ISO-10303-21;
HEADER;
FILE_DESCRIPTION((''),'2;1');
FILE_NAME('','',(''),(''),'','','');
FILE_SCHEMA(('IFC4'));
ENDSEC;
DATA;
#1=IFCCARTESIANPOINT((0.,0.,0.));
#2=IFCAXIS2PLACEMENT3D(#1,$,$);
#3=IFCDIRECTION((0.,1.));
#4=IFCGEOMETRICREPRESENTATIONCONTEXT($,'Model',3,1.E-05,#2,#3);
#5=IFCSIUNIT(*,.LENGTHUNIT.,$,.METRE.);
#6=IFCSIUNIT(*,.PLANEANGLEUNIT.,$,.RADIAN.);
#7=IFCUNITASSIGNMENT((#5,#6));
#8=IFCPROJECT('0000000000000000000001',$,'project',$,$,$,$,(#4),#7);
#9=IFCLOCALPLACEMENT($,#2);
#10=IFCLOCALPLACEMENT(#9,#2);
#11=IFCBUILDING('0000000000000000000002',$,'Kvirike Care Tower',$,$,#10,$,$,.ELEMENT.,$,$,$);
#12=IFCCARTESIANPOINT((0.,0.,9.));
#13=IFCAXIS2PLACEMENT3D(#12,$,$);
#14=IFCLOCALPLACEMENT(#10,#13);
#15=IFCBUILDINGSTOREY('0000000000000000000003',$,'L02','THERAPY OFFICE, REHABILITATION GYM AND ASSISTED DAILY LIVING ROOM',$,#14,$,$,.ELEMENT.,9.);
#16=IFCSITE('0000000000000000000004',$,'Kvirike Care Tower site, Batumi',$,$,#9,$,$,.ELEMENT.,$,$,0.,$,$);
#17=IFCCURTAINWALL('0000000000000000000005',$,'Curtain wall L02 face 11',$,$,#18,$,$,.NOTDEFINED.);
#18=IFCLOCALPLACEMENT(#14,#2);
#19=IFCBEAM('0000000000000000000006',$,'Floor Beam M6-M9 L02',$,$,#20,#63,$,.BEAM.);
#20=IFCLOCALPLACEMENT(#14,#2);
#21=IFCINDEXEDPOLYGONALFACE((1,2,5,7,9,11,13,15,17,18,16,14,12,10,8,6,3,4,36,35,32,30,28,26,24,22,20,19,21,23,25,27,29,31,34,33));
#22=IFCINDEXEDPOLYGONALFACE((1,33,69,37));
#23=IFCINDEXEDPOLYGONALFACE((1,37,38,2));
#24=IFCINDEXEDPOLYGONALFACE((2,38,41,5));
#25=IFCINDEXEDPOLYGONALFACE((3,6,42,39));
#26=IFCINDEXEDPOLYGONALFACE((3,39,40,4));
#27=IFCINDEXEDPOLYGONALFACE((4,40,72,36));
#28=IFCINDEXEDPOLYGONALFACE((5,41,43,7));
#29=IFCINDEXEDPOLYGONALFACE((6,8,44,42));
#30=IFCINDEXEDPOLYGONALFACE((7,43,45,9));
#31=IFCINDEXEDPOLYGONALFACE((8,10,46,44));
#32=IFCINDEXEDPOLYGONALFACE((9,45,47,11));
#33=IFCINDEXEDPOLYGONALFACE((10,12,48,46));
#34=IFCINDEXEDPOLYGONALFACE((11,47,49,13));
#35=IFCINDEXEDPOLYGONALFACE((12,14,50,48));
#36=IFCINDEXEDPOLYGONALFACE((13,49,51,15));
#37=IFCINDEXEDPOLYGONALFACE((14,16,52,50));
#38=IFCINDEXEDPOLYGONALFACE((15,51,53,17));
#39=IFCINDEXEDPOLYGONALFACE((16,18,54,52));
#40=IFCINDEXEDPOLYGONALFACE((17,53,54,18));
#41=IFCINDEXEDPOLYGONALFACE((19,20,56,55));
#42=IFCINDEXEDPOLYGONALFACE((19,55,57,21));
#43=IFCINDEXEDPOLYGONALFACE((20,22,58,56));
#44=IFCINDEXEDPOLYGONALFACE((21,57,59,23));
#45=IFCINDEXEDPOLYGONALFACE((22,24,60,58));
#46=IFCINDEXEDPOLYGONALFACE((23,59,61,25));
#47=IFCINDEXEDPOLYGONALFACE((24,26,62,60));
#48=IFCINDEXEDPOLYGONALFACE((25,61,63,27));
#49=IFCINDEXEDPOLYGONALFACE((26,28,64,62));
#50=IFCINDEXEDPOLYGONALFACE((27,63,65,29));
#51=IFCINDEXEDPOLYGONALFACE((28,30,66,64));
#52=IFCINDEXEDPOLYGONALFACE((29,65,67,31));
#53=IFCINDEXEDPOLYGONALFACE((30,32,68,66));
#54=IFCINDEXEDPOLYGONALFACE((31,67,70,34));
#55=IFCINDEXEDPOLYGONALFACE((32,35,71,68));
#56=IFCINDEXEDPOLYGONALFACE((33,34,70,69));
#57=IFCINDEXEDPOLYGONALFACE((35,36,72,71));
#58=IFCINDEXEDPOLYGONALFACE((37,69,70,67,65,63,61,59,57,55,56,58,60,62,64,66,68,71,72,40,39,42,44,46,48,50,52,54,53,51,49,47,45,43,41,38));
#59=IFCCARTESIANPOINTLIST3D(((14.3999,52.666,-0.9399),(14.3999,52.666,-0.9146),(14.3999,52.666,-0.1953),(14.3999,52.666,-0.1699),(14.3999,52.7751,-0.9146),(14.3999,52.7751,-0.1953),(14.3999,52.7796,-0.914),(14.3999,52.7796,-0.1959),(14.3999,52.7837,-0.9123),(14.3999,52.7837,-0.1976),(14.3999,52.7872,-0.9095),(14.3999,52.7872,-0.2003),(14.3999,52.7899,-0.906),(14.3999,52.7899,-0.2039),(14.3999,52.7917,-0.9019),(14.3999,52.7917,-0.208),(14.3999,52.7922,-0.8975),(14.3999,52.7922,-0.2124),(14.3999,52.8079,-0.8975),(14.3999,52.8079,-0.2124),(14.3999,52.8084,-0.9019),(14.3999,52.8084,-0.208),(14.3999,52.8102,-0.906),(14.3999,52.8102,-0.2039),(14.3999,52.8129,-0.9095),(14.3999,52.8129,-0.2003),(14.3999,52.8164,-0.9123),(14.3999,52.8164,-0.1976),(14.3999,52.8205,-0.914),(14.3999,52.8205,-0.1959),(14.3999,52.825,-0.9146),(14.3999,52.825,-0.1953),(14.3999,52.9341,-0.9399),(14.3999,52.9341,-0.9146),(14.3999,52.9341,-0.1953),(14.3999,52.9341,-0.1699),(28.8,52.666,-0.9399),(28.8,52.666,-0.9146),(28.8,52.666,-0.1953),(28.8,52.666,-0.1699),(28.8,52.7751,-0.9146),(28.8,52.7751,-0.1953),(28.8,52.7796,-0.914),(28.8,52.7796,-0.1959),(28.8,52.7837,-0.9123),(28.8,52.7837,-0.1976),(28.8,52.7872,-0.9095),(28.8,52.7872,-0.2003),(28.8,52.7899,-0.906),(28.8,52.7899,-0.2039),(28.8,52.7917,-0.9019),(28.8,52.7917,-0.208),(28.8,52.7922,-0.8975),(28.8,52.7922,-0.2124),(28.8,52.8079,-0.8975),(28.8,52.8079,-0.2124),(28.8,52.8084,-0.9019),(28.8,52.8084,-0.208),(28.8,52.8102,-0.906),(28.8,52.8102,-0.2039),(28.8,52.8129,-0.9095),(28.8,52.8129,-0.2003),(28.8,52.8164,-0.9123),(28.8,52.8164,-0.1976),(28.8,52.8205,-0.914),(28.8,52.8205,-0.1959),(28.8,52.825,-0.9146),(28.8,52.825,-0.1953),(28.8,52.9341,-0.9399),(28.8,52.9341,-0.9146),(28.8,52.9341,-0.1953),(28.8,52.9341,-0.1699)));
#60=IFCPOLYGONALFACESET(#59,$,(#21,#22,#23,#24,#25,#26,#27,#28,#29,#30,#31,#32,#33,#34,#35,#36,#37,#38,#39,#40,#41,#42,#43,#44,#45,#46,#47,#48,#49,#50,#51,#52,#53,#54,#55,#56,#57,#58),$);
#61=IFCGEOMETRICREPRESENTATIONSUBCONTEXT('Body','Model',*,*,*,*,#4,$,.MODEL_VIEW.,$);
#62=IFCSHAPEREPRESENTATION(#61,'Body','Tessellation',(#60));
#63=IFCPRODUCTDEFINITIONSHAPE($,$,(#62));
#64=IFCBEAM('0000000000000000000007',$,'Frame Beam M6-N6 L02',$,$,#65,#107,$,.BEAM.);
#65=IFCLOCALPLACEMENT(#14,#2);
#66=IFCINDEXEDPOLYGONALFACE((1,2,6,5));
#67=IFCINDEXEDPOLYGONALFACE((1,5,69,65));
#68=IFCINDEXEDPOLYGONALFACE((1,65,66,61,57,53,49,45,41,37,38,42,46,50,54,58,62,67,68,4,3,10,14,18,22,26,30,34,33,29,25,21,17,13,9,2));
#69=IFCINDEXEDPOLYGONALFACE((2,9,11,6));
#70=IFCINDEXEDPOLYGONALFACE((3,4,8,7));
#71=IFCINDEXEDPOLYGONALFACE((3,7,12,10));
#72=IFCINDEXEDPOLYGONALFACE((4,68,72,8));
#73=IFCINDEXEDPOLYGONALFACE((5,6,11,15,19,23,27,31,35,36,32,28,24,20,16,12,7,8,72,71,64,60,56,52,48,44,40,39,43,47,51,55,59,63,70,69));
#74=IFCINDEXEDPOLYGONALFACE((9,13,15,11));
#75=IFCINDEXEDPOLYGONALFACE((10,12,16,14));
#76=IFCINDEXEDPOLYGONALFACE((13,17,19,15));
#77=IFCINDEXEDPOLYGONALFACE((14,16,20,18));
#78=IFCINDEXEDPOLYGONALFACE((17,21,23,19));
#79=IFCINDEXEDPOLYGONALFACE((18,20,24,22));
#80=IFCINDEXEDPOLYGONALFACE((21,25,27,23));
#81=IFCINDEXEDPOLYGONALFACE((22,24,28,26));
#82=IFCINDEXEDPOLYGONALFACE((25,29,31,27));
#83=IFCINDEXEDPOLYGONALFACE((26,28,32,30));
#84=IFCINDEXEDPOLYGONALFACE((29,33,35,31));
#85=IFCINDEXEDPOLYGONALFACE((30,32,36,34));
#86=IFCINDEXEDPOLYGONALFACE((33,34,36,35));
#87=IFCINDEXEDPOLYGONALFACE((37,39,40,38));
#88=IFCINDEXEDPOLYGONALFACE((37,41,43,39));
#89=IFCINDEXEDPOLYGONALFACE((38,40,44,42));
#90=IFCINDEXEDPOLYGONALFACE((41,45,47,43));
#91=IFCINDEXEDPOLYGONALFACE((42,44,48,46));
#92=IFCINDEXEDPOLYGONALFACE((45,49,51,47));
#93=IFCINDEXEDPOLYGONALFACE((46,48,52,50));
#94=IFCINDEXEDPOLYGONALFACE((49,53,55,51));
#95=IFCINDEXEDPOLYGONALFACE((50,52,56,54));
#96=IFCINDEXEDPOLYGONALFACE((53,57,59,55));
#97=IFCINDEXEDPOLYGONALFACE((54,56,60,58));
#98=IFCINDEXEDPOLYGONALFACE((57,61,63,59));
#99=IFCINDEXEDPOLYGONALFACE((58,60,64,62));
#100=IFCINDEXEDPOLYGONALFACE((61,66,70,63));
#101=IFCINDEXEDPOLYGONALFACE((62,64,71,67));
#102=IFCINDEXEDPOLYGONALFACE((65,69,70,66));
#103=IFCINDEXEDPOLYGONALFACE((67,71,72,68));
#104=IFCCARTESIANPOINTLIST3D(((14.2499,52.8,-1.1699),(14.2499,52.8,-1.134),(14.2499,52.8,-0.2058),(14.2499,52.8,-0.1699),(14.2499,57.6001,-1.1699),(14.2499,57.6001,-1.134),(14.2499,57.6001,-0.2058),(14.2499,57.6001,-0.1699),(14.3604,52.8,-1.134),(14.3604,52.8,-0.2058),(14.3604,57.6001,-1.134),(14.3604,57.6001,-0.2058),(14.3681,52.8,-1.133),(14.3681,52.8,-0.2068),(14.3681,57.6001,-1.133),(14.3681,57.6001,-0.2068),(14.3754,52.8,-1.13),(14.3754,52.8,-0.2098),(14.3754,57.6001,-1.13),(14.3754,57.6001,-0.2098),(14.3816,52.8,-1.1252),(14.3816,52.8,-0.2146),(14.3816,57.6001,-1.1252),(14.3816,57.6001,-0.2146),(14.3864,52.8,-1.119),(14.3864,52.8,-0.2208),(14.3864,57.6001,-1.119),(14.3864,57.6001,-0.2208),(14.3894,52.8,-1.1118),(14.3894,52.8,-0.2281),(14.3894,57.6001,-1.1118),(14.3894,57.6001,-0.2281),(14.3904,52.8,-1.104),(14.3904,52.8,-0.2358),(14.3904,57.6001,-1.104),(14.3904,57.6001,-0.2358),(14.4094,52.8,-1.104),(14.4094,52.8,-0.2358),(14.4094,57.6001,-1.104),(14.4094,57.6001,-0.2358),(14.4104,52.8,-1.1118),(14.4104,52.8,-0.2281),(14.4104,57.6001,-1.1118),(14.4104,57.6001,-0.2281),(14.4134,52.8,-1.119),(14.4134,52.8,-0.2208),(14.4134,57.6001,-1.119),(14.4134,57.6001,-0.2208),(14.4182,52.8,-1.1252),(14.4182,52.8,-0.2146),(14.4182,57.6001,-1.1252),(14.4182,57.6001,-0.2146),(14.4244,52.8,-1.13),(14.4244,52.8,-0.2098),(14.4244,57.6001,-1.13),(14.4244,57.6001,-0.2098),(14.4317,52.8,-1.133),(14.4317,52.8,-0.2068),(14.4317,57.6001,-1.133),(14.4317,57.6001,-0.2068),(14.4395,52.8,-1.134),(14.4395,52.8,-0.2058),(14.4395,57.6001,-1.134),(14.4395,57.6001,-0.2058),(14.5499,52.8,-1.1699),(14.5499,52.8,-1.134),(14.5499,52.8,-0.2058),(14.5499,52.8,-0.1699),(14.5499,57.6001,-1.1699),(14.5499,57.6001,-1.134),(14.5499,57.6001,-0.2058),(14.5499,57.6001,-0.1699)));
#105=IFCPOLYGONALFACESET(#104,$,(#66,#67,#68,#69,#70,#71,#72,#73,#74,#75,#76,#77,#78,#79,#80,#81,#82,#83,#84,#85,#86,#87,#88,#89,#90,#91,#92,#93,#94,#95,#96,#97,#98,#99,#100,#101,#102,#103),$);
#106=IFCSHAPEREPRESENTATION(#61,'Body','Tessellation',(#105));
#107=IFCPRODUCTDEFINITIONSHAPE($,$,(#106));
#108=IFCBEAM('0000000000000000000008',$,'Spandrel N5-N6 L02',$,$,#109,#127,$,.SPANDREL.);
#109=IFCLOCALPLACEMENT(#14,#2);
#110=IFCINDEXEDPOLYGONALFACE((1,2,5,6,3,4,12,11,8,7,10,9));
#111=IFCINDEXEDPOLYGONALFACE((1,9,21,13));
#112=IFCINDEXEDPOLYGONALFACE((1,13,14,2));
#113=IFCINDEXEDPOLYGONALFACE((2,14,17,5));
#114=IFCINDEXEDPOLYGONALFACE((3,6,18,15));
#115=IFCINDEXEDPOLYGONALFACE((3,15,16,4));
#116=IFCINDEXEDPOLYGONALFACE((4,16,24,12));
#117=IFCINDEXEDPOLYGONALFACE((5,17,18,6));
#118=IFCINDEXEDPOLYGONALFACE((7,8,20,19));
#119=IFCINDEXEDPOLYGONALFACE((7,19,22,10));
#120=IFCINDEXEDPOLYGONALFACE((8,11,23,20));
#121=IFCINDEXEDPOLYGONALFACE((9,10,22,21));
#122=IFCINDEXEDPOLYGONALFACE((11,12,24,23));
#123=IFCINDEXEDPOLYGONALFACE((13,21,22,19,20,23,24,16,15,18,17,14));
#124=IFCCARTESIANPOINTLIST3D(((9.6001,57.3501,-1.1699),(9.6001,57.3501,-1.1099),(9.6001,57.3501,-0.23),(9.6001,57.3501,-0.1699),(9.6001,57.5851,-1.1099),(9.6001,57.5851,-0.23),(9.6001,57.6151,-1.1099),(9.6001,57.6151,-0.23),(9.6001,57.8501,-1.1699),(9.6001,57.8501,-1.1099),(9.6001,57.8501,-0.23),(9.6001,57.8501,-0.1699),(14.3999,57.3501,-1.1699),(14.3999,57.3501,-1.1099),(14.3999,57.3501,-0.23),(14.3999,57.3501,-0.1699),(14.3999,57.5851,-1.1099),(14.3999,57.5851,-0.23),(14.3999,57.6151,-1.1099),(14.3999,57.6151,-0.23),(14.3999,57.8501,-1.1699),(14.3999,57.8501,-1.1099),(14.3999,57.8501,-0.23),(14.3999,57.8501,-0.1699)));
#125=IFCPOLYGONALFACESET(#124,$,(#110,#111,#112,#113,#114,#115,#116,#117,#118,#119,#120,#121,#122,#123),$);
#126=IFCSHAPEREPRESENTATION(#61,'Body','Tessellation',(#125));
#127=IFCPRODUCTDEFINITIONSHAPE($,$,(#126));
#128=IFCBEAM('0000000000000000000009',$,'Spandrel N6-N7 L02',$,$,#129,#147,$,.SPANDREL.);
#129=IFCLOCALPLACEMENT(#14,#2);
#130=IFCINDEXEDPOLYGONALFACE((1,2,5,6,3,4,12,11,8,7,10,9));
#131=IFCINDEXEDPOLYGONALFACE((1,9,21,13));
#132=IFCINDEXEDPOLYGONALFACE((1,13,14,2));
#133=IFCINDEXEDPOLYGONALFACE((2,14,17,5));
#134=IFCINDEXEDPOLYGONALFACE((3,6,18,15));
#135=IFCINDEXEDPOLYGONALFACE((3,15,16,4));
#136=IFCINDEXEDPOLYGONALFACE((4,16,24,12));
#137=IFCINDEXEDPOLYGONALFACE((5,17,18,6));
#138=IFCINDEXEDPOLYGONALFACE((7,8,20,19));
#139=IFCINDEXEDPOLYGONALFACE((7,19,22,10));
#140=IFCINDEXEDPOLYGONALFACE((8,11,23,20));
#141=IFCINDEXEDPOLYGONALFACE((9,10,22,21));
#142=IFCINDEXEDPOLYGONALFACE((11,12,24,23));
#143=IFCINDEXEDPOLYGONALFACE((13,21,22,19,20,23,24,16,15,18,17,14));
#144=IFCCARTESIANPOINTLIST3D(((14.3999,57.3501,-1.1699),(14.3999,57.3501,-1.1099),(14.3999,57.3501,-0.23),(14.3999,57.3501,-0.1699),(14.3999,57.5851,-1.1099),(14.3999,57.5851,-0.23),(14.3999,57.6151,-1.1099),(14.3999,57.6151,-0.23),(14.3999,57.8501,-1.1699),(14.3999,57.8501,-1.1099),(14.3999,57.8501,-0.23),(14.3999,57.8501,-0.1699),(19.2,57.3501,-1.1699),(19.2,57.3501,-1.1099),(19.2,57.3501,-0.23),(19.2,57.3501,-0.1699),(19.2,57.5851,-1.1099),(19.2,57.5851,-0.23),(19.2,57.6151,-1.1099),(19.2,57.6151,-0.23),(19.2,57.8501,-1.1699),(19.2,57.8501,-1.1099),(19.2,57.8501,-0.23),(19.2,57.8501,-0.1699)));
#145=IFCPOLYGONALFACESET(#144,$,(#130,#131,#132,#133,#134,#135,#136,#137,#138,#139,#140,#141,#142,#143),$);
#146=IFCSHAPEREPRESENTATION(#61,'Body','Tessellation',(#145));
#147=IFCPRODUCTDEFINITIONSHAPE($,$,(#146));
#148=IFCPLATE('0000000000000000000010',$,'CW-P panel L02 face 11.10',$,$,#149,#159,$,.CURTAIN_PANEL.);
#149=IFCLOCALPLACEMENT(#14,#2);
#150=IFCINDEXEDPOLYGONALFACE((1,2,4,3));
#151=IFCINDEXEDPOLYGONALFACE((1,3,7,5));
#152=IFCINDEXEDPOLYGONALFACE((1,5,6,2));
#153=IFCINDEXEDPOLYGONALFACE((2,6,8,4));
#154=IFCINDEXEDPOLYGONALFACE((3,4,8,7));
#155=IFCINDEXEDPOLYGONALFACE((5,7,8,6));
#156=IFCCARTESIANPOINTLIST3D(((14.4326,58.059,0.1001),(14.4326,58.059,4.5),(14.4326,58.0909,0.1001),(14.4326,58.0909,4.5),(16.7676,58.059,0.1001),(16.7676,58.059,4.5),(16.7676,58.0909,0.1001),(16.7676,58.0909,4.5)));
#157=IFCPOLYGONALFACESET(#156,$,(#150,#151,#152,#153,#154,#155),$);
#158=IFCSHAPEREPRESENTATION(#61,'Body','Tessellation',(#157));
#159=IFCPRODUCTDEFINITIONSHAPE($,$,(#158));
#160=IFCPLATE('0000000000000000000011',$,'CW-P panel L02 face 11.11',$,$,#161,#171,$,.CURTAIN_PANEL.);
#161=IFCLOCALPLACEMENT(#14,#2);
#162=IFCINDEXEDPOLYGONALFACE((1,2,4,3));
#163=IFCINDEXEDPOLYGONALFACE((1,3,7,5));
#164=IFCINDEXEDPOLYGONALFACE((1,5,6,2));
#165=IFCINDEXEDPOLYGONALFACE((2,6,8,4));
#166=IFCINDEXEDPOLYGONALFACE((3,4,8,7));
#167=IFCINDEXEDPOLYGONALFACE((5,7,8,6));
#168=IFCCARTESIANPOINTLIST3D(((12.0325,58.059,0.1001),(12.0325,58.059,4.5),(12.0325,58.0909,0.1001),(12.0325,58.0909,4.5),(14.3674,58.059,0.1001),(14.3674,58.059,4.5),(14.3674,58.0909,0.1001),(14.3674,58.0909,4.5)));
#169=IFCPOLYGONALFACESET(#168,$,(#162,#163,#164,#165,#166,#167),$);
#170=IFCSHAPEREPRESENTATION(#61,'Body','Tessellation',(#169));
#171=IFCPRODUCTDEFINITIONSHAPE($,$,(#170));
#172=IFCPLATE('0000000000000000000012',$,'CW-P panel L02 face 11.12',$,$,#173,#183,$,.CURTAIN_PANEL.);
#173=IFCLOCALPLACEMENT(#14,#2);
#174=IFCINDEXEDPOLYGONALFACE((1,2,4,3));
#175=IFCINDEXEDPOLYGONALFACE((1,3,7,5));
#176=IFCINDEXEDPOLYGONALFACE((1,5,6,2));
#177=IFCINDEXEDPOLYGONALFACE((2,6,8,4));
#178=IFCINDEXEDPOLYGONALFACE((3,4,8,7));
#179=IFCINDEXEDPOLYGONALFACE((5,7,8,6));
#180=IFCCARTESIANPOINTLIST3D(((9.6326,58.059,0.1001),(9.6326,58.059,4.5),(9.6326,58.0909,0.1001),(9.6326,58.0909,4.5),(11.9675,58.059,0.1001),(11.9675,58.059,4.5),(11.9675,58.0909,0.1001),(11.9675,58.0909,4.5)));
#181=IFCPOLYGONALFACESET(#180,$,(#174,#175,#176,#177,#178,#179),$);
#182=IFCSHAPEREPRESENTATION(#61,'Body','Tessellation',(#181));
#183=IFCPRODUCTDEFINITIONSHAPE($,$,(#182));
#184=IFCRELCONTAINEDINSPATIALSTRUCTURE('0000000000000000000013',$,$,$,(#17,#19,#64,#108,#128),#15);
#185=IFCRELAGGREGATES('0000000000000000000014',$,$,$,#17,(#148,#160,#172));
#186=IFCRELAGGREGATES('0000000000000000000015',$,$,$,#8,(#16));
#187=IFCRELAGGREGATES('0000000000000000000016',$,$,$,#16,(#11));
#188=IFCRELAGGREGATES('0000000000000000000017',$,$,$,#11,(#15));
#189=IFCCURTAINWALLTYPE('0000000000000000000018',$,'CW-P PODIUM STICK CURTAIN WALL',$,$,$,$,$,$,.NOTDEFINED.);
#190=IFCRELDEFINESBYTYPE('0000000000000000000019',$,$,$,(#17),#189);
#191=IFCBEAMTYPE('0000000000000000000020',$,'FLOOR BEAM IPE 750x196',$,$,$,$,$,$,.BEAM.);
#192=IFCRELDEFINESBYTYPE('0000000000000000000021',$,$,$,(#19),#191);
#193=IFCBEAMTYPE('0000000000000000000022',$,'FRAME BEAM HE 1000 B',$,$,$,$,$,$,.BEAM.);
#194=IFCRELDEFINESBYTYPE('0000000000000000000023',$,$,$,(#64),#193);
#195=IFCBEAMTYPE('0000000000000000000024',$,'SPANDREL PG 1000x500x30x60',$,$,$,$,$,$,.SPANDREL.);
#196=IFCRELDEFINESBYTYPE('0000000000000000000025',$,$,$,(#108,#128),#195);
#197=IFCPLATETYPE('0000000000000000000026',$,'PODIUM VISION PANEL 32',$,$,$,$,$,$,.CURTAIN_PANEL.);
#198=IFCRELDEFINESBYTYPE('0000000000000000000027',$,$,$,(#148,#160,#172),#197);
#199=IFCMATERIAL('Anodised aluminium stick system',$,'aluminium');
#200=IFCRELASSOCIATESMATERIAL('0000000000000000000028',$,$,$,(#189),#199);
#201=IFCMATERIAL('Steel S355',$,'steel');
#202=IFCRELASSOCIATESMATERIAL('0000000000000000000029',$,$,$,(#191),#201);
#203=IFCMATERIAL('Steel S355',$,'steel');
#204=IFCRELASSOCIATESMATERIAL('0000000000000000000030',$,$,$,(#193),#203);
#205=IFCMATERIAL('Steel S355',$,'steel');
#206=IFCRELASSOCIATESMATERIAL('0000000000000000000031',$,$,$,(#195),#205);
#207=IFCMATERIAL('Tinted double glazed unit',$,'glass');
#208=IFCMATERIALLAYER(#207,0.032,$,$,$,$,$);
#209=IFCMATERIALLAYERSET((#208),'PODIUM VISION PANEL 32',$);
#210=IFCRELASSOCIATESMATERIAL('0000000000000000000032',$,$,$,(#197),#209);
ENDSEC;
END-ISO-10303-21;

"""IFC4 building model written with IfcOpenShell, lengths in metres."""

from ifc_helpers import new_model, si_unit, direction, frame, origin, origin_2d, place, context, subcontext, project, spatial, rectangle, i_section, extrude, material, layer, layer_set, material_profile, profile_set, type_object, element, aggregate, save


model = new_model("IFC4")

# Units and contexts
model_context = context("Model", 3, precision=1e-05, world=origin(), true_north=direction((0.0, 1.0)))
body_context = subcontext(model_context, "Body", "Model", "MODEL_VIEW")
ifc_project = project(units=[si_unit("LENGTHUNIT", "METRE"), si_unit("PLANEANGLEUNIT", "RADIAN")], contexts=[model_context])

# Site, building, storey
site_placement = place(None, origin())
site = spatial("IfcSite", under=ifc_project, at=site_placement, Name="Kvirike Care Tower site, Batumi", CompositionType="ELEMENT", RefElevation=0.0)
building_placement = place(site_placement, origin())
building = spatial("IfcBuilding", under=site, at=building_placement, Name="Kvirike Care Tower", CompositionType="ELEMENT")
storey_placement = place(building_placement, frame((0.0, 0.0, 9.0)))
storey = spatial("IfcBuildingStorey", under=building, at=storey_placement, Name="L02", Description="THERAPY OFFICE, REHABILITATION GYM AND ASSISTED DAILY LIVING ROOM", CompositionType="ELEMENT", Elevation=9.0)

# Curtain wall
ifc_material_1 = material(Name="Anodised aluminium stick system", Category="aluminium")
curtain_wall_type = type_object("IfcCurtainWallType", Name="CW-P PODIUM STICK CURTAIN WALL", PredefinedType="NOTDEFINED", material=ifc_material_1)
curtain_wall_placement = place(storey_placement, origin())
curtain_wall = element("IfcCurtainWall", 1, at=curtain_wall_placement, inside=storey, type_object=curtain_wall_type, Name="Curtain wall L02 face 11", PredefinedType="NOTDEFINED")

# Beams
ifc_material_2 = material(Name="Steel S355", Category="steel")
ifc_material_profile_1 = material_profile(ifc_material_2, i_section(OverallWidth=0.2681, OverallDepth=0.77, WebThickness=0.0156, FlangeThickness=0.0254, FilletRadius=0.0171, at=origin_2d()), Name="IPE 750x196")
ifc_profile_set_1 = profile_set([ifc_material_profile_1], Name="Steel S355")
beam_type_1 = type_object("IfcBeamType", Name="FLOOR BEAM IPE 750x196", PredefinedType="BEAM", material=ifc_profile_set_1)
beam_1_placement = place(storey_placement, frame((14.3999, 52.8, -0.5549), z_axis=(1.0, 0.0, 0.0), x_axis=(0.0, 1.0, 0.0)))
element("IfcBeam", 2, at=beam_1_placement, inside=storey, type_object=beam_type_1, Name="Floor Beam M6-M9 L02", PredefinedType="BEAM", context=body_context, shape_type="SweptSolid", body=[
    extrude(i_section(OverallWidth=0.2681, OverallDepth=0.77, WebThickness=0.0156, FlangeThickness=0.0254, FilletRadius=0.0171, at=origin_2d()), origin(), (0.0, 0.0, 1.0), 14.4001),
])
ifc_material_3 = material(Name="Steel S355", Category="steel")
ifc_material_profile_2 = material_profile(ifc_material_3, i_section(OverallWidth=0.3, OverallDepth=1.0, WebThickness=0.019, FlangeThickness=0.0359, FilletRadius=0.03, at=origin_2d()), Name="HE 1000 B")
ifc_profile_set_2 = profile_set([ifc_material_profile_2], Name="Steel S355")
beam_type_2 = type_object("IfcBeamType", Name="FRAME BEAM HE 1000 B", PredefinedType="BEAM", material=ifc_profile_set_2)
beam_2_placement = place(storey_placement, frame((14.3999, 52.8, -0.6699), z_axis=(0.0, 1.0, 0.0), x_axis=(-1.0, 0.0, 0.0)))
element("IfcBeam", 3, at=beam_2_placement, inside=storey, type_object=beam_type_2, Name="Frame Beam M6-N6 L02", PredefinedType="BEAM", context=body_context, shape_type="SweptSolid", body=[
    extrude(i_section(OverallWidth=0.3, OverallDepth=1.0, WebThickness=0.019, FlangeThickness=0.0359, FilletRadius=0.03, at=origin_2d()), origin(), (0.0, 0.0, 1.0), 4.8),
])
ifc_material_4 = material(Name="Steel S355", Category="steel")
ifc_material_profile_3 = material_profile(ifc_material_4, i_section(OverallWidth=0.5, OverallDepth=1.0, WebThickness=0.03, FlangeThickness=0.0601, at=origin_2d()), Name="PG 1000x500x30x60")
ifc_profile_set_3 = profile_set([ifc_material_profile_3], Name="Steel S355")
beam_type_3 = type_object("IfcBeamType", Name="SPANDREL PG 1000x500x30x60", PredefinedType="SPANDREL", material=ifc_profile_set_3)
beam_3_placement = place(storey_placement, frame((9.6001, 57.6001, -0.6699), z_axis=(1.0, 0.0, 0.0), x_axis=(0.0, 1.0, 0.0)))
element("IfcBeam", 4, at=beam_3_placement, inside=storey, type_object=beam_type_3, Name="Spandrel N5-N6 L02", PredefinedType="SPANDREL", context=body_context, shape_type="SweptSolid", body=[
    extrude(i_section(OverallWidth=0.5, OverallDepth=1.0, WebThickness=0.03, FlangeThickness=0.0601, at=origin_2d()), origin(), (0.0, 0.0, 1.0), 4.7998),
])
beam_4_placement = place(storey_placement, frame((14.3999, 57.6001, -0.6699), z_axis=(1.0, 0.0, 0.0), x_axis=(0.0, 1.0, 0.0)))
element("IfcBeam", 5, at=beam_4_placement, inside=storey, type_object=beam_type_3, Name="Spandrel N6-N7 L02", PredefinedType="SPANDREL", context=body_context, shape_type="SweptSolid", body=[
    extrude(i_section(OverallWidth=0.5, OverallDepth=1.0, WebThickness=0.03, FlangeThickness=0.0601, at=origin_2d()), origin(), (0.0, 0.0, 1.0), 4.8),
])

# Plates
ifc_material_5 = material(Name="Tinted double glazed unit", Category="glass")
ifc_layer_1 = layer(ifc_material_5, 0.032)
ifc_layer_set_1 = layer_set([ifc_layer_1], Name="PODIUM VISION PANEL 32")
plate_type = type_object("IfcPlateType", Name="PODIUM VISION PANEL 32", PredefinedType="CURTAIN_PANEL", material=ifc_layer_set_1)
plate_1_placement = place(storey_placement, frame((15.6001, 58.075, 0.1001), z_axis=(0.0, 0.0, 1.0), x_axis=(-1.0, 0.0, 0.0)))
plate_1 = element("IfcPlate", 6, at=plate_1_placement, type_object=plate_type, Name="CW-P panel L02 face 11.10", PredefinedType="CURTAIN_PANEL", context=body_context, shape_type="SweptSolid", body=[
    extrude(rectangle(XDim=2.335, YDim=0.032, at=origin_2d()), origin(), (0.0, 0.0, 1.0), 4.3999),
])
plate_2_placement = place(storey_placement, frame((13.2, 58.075, 0.1001), z_axis=(0.0, 0.0, 1.0), x_axis=(-1.0, 0.0, 0.0)))
plate_2 = element("IfcPlate", 7, at=plate_2_placement, type_object=plate_type, Name="CW-P panel L02 face 11.11", PredefinedType="CURTAIN_PANEL", context=body_context, shape_type="SweptSolid", body=[
    extrude(rectangle(XDim=2.335, YDim=0.032, at=origin_2d()), origin(), (0.0, 0.0, 1.0), 4.3999),
])
plate_3_placement = place(storey_placement, frame((10.8, 58.075, 0.1001), z_axis=(0.0, 0.0, 1.0), x_axis=(-1.0, 0.0, 0.0)))
plate_3 = element("IfcPlate", 8, at=plate_3_placement, type_object=plate_type, Name="CW-P panel L02 face 11.12", PredefinedType="CURTAIN_PANEL", context=body_context, shape_type="SweptSolid", body=[
    extrude(rectangle(XDim=2.335, YDim=0.032, at=origin_2d()), origin(), (0.0, 0.0, 1.0), 4.3999),
])
aggregate(curtain_wall, [plate_1, plate_2, plate_3])

save(model, "model.ifc")
